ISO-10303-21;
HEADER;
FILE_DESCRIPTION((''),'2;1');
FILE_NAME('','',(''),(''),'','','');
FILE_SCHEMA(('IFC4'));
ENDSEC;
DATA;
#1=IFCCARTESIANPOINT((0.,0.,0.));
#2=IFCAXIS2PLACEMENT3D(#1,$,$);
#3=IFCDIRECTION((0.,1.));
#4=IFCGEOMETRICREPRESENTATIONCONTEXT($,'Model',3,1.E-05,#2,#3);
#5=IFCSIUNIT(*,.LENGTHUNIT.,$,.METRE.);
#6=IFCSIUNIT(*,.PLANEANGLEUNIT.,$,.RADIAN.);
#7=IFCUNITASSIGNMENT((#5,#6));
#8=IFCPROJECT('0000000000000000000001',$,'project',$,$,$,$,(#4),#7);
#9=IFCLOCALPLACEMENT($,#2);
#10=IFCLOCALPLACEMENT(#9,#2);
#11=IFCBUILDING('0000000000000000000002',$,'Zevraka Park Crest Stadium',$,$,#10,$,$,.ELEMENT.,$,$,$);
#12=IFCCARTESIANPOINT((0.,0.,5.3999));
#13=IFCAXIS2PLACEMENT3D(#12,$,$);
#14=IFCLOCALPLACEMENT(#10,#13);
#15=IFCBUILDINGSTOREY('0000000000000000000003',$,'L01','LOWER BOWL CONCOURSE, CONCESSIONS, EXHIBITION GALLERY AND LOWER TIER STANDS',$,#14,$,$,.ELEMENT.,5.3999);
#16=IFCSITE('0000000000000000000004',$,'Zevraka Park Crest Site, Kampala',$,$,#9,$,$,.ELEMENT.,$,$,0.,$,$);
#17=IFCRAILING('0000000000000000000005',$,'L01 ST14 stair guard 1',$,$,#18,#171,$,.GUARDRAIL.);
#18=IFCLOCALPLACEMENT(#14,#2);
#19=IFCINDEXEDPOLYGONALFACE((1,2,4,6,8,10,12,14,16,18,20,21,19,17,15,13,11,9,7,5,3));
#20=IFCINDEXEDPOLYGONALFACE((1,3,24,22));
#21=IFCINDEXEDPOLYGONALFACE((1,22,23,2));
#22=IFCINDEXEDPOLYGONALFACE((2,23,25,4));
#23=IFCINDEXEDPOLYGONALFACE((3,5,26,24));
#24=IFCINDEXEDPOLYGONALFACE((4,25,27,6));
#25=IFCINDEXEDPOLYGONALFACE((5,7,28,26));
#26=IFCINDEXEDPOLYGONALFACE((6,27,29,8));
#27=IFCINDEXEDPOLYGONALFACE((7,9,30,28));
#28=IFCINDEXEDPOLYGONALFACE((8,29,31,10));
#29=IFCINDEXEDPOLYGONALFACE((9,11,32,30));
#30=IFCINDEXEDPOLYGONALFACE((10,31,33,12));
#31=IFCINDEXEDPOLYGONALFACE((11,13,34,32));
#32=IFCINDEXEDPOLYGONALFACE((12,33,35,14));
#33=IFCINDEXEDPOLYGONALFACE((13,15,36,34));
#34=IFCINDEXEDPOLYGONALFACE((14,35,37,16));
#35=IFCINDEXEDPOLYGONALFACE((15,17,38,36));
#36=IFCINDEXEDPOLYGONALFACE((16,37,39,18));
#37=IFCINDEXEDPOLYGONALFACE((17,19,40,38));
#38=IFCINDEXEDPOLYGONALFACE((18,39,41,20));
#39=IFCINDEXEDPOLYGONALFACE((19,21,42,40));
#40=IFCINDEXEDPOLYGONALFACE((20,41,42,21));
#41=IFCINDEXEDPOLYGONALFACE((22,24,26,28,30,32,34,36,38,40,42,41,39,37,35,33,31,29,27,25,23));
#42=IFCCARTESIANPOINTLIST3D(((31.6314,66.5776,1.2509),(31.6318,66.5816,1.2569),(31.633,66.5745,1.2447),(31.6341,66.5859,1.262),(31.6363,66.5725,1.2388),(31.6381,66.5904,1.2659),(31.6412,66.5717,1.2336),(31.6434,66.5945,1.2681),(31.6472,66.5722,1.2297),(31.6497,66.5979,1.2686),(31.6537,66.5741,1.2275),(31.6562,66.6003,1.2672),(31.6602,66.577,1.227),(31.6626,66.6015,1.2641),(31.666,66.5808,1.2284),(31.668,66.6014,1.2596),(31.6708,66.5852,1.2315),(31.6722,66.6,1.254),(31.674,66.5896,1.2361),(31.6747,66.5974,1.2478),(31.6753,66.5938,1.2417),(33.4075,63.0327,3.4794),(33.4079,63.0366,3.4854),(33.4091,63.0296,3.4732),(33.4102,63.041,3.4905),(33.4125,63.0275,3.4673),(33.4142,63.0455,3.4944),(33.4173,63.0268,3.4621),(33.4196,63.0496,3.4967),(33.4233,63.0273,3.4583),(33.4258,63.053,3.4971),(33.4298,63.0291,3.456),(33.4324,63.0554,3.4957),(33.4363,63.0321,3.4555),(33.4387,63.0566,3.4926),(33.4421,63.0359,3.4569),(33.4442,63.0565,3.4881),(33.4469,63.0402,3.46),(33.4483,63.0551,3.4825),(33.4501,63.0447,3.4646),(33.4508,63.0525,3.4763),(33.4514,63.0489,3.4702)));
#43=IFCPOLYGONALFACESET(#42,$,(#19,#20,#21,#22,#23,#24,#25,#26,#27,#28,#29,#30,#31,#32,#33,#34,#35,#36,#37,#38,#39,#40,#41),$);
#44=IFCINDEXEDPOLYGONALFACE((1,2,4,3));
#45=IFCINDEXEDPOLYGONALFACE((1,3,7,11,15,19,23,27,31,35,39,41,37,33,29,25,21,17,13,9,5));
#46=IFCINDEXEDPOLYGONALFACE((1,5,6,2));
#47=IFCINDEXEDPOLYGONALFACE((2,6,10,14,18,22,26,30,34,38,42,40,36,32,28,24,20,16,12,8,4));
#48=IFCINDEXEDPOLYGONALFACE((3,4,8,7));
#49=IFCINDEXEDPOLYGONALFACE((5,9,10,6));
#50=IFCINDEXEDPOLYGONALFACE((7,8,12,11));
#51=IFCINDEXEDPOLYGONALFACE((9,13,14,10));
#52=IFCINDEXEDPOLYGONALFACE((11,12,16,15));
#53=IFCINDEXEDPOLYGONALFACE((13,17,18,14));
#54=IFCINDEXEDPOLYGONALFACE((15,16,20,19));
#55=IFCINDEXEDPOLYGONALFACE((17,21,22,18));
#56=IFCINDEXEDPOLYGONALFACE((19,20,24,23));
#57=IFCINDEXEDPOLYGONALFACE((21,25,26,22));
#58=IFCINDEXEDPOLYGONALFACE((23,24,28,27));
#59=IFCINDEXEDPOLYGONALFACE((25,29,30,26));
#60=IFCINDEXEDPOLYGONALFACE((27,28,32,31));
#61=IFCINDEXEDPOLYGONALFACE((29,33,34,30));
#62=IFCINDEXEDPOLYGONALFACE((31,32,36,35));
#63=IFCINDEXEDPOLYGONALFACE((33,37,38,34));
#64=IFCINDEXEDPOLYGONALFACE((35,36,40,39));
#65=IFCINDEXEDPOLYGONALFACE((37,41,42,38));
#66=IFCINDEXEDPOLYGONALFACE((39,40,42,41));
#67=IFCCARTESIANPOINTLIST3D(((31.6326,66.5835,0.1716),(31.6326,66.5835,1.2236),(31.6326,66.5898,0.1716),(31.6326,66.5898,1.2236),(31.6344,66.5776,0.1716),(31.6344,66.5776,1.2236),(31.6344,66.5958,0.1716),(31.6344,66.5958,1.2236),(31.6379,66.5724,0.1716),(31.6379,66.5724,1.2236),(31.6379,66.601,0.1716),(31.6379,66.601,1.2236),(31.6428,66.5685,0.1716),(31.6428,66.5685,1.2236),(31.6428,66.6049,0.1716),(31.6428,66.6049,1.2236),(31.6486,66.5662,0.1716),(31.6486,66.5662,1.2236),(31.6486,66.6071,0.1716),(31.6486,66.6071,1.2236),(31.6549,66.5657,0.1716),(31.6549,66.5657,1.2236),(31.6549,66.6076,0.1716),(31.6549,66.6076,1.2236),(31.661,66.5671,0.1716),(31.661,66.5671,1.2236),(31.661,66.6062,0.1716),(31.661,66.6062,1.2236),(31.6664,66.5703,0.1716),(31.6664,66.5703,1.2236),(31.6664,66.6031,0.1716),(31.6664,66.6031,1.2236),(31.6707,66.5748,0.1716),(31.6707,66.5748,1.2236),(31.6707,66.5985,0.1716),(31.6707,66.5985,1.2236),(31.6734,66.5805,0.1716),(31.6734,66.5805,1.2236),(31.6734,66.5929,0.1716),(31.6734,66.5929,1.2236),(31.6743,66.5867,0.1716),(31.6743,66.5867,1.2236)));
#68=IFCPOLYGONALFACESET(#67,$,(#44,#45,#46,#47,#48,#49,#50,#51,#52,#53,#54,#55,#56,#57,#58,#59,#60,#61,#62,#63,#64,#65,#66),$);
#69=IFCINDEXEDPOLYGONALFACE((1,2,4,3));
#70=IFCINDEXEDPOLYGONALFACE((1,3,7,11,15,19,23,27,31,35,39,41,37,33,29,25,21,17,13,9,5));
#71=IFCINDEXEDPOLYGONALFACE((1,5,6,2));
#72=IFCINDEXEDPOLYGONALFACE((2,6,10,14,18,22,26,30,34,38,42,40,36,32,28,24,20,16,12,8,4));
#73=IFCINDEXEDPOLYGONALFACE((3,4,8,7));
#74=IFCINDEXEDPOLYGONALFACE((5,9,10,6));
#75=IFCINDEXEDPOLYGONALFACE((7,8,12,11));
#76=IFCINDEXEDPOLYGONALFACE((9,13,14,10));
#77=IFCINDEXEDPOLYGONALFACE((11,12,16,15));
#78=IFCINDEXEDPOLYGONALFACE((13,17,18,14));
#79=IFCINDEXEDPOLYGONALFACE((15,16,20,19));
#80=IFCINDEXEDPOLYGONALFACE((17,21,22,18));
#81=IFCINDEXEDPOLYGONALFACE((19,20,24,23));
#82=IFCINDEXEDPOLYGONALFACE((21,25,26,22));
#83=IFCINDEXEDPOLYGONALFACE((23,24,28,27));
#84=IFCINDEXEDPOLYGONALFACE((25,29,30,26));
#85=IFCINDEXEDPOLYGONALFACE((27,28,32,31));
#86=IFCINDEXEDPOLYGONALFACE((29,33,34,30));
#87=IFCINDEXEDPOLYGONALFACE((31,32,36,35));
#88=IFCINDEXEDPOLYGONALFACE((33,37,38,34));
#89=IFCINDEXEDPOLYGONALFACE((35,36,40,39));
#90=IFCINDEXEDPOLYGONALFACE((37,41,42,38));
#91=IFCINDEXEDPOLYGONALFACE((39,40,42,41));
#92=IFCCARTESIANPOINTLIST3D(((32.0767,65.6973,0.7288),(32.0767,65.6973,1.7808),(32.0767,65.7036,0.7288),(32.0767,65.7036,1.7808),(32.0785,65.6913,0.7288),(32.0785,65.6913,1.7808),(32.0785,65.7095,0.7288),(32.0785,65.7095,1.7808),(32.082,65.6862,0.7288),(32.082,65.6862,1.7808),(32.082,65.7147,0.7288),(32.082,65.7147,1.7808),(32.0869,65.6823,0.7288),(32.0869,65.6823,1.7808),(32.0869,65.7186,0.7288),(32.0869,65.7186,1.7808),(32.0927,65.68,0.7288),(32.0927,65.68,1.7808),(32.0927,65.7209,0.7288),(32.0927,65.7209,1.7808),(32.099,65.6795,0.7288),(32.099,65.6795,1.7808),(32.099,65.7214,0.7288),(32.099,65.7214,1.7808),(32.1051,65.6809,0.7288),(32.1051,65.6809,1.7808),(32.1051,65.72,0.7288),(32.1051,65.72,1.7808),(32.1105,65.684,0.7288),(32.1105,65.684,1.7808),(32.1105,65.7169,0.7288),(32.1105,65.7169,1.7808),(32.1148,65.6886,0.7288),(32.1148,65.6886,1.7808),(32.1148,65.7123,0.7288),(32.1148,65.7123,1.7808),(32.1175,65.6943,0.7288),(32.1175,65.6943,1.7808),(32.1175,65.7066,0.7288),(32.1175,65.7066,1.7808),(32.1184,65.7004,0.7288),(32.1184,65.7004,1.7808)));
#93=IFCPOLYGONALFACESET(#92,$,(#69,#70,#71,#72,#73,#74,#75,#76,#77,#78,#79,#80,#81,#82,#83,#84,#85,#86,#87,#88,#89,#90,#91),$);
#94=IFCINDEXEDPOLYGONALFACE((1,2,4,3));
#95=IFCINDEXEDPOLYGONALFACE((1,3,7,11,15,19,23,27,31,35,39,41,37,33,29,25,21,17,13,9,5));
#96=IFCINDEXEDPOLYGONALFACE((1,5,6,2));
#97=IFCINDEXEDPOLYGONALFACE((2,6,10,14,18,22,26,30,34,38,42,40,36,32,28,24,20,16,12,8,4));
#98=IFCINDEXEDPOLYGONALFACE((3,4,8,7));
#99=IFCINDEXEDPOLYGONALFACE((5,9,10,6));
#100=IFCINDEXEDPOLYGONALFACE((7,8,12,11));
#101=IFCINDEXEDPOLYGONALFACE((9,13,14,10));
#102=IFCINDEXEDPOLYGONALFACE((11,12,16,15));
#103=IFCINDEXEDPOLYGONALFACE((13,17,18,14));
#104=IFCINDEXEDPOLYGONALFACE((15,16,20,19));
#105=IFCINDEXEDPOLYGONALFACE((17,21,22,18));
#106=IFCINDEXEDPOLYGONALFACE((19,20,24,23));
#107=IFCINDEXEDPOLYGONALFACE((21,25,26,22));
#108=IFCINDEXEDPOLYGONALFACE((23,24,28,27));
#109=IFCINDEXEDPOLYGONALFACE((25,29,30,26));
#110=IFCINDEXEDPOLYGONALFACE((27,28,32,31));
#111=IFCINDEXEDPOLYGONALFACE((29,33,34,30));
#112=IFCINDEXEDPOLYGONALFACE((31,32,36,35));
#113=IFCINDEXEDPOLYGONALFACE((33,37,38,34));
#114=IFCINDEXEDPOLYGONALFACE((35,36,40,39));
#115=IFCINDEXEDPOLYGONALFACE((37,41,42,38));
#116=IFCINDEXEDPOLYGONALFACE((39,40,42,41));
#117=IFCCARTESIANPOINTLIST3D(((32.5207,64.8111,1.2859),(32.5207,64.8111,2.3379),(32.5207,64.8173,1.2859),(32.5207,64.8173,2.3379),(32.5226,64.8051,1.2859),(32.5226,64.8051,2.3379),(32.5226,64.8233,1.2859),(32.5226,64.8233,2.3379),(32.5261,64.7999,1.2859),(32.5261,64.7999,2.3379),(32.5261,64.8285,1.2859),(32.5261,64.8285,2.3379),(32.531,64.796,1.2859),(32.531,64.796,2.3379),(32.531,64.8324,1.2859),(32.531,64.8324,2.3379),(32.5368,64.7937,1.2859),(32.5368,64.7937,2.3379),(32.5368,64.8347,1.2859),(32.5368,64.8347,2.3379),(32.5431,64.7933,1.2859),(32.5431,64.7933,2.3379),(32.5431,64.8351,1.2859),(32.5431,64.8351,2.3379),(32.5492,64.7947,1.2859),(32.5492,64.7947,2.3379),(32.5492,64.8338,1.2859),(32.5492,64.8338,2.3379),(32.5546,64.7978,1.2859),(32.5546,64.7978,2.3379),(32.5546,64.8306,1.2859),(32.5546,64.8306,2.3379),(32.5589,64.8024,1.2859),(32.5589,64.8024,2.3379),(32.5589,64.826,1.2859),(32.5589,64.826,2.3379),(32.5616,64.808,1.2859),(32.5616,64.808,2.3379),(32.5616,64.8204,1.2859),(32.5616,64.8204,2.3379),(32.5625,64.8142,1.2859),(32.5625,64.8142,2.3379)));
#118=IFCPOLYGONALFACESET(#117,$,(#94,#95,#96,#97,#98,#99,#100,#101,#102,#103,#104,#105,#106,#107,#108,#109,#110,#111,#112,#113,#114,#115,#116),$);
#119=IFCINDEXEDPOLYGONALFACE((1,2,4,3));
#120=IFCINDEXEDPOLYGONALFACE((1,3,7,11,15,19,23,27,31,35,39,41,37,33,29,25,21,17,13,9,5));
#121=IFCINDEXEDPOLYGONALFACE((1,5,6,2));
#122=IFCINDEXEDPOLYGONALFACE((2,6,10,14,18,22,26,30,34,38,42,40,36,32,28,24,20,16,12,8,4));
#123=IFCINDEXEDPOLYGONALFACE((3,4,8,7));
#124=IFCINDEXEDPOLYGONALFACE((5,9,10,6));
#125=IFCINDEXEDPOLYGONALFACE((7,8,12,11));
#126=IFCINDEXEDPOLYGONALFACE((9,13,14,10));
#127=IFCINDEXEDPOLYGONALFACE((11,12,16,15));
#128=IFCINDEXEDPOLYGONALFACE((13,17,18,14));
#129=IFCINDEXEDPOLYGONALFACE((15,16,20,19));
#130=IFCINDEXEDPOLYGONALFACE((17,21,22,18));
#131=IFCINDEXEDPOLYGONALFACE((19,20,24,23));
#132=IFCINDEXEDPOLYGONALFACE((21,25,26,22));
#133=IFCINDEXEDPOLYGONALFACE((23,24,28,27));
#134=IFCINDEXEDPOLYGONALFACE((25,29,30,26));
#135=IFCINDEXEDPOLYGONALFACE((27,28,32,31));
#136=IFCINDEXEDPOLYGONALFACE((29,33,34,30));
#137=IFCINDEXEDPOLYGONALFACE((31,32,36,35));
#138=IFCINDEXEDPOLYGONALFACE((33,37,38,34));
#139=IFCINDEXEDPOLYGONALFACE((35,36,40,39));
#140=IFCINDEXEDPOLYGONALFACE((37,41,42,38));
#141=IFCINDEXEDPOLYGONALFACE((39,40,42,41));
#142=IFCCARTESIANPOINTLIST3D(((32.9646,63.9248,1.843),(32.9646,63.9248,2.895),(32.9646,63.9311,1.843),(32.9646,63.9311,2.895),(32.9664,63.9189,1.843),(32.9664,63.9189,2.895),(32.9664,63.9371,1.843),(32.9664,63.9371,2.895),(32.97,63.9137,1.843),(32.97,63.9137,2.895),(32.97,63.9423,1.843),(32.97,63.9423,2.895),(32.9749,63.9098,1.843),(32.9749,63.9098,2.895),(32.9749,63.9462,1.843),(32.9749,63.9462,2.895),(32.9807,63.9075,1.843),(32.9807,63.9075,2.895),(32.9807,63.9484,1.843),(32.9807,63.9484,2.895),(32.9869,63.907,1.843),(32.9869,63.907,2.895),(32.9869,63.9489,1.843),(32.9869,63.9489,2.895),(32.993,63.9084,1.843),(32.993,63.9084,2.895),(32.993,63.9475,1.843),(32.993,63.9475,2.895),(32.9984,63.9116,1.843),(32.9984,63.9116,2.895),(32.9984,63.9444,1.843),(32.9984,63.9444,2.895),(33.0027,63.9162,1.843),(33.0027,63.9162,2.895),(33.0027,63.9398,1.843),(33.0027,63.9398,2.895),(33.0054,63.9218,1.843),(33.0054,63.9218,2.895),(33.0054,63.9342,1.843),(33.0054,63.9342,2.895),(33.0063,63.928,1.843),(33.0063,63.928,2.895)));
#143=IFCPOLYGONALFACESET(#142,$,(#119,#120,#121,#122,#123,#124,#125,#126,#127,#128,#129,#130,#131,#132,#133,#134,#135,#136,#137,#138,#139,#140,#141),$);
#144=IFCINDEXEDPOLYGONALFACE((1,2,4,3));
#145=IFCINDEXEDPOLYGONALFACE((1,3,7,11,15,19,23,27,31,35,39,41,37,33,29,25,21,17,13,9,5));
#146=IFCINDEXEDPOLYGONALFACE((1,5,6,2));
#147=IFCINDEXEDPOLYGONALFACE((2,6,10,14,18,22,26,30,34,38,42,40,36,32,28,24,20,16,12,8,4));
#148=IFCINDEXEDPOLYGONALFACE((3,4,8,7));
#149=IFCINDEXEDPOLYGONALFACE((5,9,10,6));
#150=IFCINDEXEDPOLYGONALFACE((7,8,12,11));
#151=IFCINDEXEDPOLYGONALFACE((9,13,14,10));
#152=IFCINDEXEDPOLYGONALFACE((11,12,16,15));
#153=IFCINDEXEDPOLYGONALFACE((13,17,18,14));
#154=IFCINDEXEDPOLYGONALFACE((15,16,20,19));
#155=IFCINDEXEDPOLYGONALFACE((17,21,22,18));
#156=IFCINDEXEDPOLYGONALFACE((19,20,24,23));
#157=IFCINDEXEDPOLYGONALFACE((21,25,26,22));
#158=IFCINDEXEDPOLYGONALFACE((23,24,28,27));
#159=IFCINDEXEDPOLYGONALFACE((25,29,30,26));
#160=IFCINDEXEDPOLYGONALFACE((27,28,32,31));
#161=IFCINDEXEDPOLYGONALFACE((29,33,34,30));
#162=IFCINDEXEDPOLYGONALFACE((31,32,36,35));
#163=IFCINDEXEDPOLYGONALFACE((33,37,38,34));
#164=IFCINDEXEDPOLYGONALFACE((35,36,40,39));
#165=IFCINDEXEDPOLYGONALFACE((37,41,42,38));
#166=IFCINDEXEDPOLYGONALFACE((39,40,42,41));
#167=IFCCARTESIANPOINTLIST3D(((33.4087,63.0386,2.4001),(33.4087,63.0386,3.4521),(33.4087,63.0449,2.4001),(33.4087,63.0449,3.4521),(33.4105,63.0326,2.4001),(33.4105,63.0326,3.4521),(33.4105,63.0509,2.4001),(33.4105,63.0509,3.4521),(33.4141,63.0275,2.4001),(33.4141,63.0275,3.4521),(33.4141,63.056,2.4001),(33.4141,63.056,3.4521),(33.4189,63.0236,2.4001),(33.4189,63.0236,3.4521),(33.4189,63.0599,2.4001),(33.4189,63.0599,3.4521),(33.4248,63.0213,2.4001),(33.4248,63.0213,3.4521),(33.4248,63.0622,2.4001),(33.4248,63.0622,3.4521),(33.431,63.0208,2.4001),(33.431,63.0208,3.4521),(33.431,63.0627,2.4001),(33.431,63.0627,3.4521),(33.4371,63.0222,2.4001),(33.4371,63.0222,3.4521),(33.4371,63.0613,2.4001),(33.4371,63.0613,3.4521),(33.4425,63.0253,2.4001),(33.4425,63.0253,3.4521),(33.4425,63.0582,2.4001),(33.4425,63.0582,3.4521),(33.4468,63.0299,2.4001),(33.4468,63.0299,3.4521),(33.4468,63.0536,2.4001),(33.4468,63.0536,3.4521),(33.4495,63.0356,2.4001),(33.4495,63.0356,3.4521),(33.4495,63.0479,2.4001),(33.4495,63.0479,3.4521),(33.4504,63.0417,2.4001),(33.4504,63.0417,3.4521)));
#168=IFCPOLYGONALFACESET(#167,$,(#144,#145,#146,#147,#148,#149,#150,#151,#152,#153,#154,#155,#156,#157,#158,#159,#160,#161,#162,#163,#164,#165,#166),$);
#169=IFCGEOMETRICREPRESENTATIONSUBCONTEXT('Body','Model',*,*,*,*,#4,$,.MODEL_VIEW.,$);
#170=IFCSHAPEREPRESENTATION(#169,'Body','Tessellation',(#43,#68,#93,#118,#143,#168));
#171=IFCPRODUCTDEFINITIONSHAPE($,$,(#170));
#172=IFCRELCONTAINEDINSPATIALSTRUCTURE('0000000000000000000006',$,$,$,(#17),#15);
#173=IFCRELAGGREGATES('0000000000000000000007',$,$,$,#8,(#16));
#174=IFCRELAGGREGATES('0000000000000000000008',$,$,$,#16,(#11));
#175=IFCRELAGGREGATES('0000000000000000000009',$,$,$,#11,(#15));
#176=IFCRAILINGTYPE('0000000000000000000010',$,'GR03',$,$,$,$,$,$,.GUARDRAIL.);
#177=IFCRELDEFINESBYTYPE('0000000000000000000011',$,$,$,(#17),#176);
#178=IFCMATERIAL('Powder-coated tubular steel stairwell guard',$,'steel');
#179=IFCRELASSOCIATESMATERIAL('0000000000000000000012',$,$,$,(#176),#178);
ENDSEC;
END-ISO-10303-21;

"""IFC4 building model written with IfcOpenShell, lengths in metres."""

from ifc_helpers import new_model, si_unit, direction, frame, origin, origin_2d, place, context, subcontext, project, spatial, circle, extrude, material, type_object, element, save


model = new_model("IFC4")

# Units and contexts
model_context = context("Model", 3, precision=1e-05, world=origin(), true_north=direction((0.0, 1.0)))
body_context = subcontext(model_context, "Body", "Model", "MODEL_VIEW")
ifc_project = project(units=[si_unit("LENGTHUNIT", "METRE"), si_unit("PLANEANGLEUNIT", "RADIAN")], contexts=[model_context])

# Site, building, storey
site_placement = place(None, origin())
site = spatial("IfcSite", under=ifc_project, at=site_placement, Name="Zevraka Park Crest Site, Kampala", CompositionType="ELEMENT", RefElevation=0.0)
building_placement = place(site_placement, origin())
building = spatial("IfcBuilding", under=site, at=building_placement, Name="Zevraka Park Crest Stadium", CompositionType="ELEMENT")
storey_placement = place(building_placement, frame((0.0, 0.0, 5.3999)))
storey = spatial("IfcBuildingStorey", under=building, at=storey_placement, Name="L01", Description="LOWER BOWL CONCOURSE, CONCESSIONS, EXHIBITION GALLERY AND LOWER TIER STANDS", CompositionType="ELEMENT", Elevation=5.3999)

# Railing
ifc_material_1 = material(Name="Powder-coated tubular steel stairwell guard", Category="steel")
railing_type_1 = type_object("IfcRailingType", Name="GR03", PredefinedType="GUARDRAIL", material=ifc_material_1)
railing_1_placement = place(storey_placement, frame((31.6533, 66.5867, 0.1716)))
element("IfcRailing", 1, at=railing_1_placement, inside=storey, type_object=railing_type_1, Name="L01 ST14 stair guard 1", PredefinedType="GUARDRAIL", context=body_context, shape_type="SweptSolid", body=[
    extrude(circle(Radius=0.0239, at=origin_2d()), frame((0.0, 0.0, 1.0762), z_axis=(0.390499, -0.779389, 0.489963), x_axis=(0.894057, 0.447952, 0.0)), (0.0, 0.0, 1.0), 4.5483),
    extrude(circle(Radius=0.021, at=origin_2d()), origin(), (0.0, 0.0, 1.0), 1.052),
    extrude(circle(Radius=0.021, at=origin_2d()), frame((0.4441, -0.8862, 0.5571)), (0.0, 0.0, 1.0), 1.052),
    extrude(circle(Radius=0.021, at=origin_2d()), frame((0.8882, -1.7725, 1.1143)), (0.0, 0.0, 1.0), 1.052),
    extrude(circle(Radius=0.021, at=origin_2d()), frame((1.332, -2.6587, 1.6714)), (0.0, 0.0, 1.0), 1.052),
    extrude(circle(Radius=0.021, at=origin_2d()), frame((1.7761, -3.5449, 2.2285)), (0.0, 0.0, 1.0), 1.052),
])

save(model, "model.ifc")
